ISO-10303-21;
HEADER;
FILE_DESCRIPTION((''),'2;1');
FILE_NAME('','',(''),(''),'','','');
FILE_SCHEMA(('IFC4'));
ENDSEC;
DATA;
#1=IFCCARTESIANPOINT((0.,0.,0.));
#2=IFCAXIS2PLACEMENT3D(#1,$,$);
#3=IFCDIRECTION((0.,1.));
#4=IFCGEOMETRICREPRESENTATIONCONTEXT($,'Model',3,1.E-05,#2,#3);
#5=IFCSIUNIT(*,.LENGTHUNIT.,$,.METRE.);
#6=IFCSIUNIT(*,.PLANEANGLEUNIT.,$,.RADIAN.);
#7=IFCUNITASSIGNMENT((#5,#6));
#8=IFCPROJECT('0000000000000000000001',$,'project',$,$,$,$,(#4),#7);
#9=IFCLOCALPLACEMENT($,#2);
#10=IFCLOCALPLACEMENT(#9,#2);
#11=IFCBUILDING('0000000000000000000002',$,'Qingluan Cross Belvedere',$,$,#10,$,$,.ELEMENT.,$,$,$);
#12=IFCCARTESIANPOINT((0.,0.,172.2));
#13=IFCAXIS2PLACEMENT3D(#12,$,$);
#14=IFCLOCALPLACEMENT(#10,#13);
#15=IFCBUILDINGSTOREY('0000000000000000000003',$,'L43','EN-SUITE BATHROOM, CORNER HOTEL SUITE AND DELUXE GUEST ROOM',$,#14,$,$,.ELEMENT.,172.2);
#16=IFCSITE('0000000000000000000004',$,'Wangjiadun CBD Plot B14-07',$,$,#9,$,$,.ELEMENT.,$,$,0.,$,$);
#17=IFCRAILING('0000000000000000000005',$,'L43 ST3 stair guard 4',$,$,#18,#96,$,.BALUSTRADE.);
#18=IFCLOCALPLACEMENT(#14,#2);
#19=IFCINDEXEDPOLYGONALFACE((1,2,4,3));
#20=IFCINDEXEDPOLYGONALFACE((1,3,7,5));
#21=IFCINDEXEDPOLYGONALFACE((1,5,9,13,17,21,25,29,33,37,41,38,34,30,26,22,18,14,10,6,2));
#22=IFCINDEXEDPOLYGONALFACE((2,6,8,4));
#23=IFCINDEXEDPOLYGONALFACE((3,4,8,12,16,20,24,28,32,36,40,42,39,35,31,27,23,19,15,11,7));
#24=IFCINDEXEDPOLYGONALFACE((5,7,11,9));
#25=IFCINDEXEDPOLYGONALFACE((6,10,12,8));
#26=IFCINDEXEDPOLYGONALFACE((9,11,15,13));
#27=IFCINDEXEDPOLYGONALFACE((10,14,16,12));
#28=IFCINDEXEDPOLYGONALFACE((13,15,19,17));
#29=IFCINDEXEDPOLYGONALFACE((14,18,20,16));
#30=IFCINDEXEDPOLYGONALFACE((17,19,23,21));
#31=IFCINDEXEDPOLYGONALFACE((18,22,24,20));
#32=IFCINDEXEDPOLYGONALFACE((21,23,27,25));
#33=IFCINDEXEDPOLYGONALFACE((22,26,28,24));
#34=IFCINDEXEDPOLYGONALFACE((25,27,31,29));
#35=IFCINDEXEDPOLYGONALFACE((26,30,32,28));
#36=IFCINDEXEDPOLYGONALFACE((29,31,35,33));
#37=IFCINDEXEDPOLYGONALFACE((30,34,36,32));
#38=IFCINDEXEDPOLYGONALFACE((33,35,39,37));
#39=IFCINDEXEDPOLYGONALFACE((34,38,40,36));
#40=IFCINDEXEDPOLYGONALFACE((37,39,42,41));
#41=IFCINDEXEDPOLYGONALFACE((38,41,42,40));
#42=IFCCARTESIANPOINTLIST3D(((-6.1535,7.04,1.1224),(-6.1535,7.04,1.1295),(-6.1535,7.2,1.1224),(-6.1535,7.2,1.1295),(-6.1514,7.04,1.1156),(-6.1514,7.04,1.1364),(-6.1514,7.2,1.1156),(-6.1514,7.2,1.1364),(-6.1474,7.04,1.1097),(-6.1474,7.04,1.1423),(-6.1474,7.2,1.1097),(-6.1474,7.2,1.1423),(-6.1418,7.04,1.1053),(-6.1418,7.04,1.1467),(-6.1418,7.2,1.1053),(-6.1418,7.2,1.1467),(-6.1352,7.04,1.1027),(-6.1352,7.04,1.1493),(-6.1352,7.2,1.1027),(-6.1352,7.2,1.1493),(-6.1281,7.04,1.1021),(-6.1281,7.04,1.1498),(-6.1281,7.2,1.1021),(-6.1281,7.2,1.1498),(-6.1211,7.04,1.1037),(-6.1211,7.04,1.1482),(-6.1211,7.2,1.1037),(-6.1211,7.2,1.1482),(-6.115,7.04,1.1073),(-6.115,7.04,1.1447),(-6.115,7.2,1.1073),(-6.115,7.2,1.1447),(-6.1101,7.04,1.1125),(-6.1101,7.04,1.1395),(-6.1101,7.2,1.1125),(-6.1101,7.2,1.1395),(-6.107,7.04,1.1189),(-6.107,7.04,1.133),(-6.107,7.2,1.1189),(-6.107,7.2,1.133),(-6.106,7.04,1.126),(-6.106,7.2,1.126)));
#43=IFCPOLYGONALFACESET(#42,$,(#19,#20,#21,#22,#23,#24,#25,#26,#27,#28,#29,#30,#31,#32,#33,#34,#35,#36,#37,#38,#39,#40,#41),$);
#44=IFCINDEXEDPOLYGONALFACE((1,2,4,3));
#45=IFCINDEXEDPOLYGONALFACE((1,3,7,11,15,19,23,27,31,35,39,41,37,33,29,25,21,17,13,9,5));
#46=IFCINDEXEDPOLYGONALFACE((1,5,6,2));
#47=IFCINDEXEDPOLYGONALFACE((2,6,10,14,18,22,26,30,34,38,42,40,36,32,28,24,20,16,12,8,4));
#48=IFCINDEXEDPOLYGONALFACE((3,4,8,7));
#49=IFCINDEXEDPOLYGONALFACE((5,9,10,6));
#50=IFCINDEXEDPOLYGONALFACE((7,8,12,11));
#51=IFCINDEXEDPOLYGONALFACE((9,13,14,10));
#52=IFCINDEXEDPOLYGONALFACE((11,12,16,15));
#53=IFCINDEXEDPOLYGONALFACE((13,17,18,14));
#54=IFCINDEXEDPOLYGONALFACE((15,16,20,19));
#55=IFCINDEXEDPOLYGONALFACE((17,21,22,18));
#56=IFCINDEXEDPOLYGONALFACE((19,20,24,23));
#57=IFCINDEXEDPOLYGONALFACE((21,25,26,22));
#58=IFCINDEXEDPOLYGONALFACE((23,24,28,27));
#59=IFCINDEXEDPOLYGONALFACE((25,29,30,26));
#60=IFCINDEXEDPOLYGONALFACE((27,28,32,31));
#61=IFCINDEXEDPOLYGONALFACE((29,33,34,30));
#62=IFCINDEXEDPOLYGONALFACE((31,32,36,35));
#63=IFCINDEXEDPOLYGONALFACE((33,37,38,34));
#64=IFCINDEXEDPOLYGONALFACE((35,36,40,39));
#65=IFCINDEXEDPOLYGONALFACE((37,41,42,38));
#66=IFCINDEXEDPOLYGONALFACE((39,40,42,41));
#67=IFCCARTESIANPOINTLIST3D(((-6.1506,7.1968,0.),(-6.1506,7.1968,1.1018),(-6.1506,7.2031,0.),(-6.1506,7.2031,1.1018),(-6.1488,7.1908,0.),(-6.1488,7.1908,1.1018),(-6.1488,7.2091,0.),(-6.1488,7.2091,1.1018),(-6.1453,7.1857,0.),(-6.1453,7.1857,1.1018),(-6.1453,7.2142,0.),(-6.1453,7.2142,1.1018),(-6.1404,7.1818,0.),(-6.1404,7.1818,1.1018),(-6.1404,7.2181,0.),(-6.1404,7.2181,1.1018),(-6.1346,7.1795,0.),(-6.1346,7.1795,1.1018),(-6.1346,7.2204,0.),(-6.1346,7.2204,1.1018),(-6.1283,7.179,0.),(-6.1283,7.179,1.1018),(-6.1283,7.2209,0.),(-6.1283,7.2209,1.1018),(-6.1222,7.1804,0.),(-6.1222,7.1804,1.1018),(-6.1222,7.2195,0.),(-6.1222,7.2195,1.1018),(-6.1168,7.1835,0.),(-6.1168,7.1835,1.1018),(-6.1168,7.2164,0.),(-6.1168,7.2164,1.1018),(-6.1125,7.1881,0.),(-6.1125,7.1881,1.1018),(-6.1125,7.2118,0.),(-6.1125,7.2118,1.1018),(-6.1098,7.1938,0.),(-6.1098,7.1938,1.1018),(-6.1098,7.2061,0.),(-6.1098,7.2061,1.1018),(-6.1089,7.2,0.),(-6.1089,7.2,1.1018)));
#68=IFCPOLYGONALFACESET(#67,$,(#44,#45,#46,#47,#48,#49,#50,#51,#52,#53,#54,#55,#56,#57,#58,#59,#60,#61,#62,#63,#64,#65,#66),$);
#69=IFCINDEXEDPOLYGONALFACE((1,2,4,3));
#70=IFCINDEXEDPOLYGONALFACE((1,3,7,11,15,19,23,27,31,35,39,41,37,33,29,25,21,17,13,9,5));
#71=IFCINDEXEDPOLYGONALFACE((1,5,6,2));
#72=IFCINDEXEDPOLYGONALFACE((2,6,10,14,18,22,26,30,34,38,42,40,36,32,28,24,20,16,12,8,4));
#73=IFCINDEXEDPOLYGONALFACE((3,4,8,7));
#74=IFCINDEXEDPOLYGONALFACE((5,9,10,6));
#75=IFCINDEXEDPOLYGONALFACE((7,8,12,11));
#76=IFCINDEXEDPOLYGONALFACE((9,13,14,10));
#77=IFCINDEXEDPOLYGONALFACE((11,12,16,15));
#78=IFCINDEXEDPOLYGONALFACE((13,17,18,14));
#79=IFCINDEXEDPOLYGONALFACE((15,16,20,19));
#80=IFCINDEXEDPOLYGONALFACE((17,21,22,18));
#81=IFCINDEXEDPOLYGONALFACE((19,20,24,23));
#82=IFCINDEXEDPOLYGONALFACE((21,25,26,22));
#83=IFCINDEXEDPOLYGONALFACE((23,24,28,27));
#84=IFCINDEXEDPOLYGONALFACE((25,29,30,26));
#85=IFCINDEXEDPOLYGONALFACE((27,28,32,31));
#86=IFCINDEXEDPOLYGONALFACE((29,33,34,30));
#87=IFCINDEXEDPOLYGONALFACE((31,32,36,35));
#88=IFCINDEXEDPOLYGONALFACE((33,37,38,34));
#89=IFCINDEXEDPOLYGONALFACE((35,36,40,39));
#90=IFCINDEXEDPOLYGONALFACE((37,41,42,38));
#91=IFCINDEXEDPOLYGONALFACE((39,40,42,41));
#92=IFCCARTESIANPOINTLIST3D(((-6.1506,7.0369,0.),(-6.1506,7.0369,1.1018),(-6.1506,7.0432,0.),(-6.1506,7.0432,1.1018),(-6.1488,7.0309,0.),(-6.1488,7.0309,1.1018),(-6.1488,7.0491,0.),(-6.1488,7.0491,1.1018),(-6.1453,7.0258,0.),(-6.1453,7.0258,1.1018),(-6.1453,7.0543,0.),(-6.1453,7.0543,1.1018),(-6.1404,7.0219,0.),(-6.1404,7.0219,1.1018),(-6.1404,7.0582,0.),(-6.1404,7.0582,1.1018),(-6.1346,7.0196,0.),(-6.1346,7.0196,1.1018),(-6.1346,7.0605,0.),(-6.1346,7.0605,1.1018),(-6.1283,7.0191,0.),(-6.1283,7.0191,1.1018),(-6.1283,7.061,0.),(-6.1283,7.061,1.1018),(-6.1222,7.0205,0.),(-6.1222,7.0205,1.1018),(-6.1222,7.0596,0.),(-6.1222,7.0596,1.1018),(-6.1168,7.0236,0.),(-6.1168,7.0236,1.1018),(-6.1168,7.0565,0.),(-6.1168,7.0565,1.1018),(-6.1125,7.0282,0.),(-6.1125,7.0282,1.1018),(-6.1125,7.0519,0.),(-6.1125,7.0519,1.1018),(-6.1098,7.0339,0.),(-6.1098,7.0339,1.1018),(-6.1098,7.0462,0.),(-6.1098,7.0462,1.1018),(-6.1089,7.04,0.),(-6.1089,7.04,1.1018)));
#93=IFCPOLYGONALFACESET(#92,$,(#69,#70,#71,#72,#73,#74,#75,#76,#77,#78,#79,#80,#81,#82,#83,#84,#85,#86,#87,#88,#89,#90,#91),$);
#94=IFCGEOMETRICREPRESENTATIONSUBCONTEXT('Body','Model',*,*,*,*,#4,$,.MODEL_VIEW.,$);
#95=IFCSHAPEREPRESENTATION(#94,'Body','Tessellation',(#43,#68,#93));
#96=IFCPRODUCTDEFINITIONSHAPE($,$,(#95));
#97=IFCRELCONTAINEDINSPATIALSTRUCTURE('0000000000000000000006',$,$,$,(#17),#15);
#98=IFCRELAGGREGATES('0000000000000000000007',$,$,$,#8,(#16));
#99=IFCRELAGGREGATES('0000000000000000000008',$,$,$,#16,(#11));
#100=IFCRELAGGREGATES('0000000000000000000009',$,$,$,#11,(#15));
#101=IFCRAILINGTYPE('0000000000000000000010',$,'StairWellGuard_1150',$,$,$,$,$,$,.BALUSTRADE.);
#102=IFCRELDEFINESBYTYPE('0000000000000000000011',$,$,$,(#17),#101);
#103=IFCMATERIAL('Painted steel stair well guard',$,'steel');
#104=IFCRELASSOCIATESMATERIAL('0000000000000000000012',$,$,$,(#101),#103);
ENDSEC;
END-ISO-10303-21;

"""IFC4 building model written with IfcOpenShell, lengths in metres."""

from ifc_helpers import new_model, si_unit, direction, frame, origin, origin_2d, place, context, subcontext, project, spatial, circle, extrude, material, type_object, element, save


model = new_model("IFC4")

# Units and contexts
model_context = context("Model", 3, precision=1e-05, world=origin(), true_north=direction((0.0, 1.0)))
body_context = subcontext(model_context, "Body", "Model", "MODEL_VIEW")
ifc_project = project(units=[si_unit("LENGTHUNIT", "METRE"), si_unit("PLANEANGLEUNIT", "RADIAN")], contexts=[model_context])

# Site, building, storey
site_placement = place(None, origin())
site = spatial("IfcSite", under=ifc_project, at=site_placement, Name="Wangjiadun CBD Plot B14-07", CompositionType="ELEMENT", RefElevation=0.0)
building_placement = place(site_placement, origin())
building = spatial("IfcBuilding", under=site, at=building_placement, Name="Qingluan Cross Belvedere", CompositionType="ELEMENT")
storey_placement = place(building_placement, frame((0.0, 0.0, 172.2)))
storey = spatial("IfcBuildingStorey", under=building, at=storey_placement, Name="L43", Description="EN-SUITE BATHROOM, CORNER HOTEL SUITE AND DELUXE GUEST ROOM", CompositionType="ELEMENT", Elevation=172.2)

# Railing
ifc_material_1 = material(Name="Painted steel stair well guard", Category="steel")
railing_type_1 = type_object("IfcRailingType", Name="StairWellGuard_1150", PredefinedType="BALUSTRADE", material=ifc_material_1)
railing_1_placement = place(storey_placement, frame((-6.1299, 7.2, 0.0)))
element("IfcRailing", 1, at=railing_1_placement, inside=storey, type_object=railing_type_1, Name="L43 ST3 stair guard 4", PredefinedType="BALUSTRADE", context=body_context, shape_type="SweptSolid", body=[
    extrude(circle(Radius=0.0239, at=origin_2d()), frame((0.0, 0.0, 1.126), z_axis=(0.0, -1.0, 0.0), x_axis=(1.0, 0.0, 0.0)), (0.0, 0.0, 1.0), 0.1599),
    extrude(circle(Radius=0.021, at=origin_2d()), origin(), (0.0, 0.0, 1.0), 1.1018),
    extrude(circle(Radius=0.021, at=origin_2d()), frame((0.0, -0.1599, 0.0)), (0.0, 0.0, 1.0), 1.1018),
])

save(model, "model.ifc")
